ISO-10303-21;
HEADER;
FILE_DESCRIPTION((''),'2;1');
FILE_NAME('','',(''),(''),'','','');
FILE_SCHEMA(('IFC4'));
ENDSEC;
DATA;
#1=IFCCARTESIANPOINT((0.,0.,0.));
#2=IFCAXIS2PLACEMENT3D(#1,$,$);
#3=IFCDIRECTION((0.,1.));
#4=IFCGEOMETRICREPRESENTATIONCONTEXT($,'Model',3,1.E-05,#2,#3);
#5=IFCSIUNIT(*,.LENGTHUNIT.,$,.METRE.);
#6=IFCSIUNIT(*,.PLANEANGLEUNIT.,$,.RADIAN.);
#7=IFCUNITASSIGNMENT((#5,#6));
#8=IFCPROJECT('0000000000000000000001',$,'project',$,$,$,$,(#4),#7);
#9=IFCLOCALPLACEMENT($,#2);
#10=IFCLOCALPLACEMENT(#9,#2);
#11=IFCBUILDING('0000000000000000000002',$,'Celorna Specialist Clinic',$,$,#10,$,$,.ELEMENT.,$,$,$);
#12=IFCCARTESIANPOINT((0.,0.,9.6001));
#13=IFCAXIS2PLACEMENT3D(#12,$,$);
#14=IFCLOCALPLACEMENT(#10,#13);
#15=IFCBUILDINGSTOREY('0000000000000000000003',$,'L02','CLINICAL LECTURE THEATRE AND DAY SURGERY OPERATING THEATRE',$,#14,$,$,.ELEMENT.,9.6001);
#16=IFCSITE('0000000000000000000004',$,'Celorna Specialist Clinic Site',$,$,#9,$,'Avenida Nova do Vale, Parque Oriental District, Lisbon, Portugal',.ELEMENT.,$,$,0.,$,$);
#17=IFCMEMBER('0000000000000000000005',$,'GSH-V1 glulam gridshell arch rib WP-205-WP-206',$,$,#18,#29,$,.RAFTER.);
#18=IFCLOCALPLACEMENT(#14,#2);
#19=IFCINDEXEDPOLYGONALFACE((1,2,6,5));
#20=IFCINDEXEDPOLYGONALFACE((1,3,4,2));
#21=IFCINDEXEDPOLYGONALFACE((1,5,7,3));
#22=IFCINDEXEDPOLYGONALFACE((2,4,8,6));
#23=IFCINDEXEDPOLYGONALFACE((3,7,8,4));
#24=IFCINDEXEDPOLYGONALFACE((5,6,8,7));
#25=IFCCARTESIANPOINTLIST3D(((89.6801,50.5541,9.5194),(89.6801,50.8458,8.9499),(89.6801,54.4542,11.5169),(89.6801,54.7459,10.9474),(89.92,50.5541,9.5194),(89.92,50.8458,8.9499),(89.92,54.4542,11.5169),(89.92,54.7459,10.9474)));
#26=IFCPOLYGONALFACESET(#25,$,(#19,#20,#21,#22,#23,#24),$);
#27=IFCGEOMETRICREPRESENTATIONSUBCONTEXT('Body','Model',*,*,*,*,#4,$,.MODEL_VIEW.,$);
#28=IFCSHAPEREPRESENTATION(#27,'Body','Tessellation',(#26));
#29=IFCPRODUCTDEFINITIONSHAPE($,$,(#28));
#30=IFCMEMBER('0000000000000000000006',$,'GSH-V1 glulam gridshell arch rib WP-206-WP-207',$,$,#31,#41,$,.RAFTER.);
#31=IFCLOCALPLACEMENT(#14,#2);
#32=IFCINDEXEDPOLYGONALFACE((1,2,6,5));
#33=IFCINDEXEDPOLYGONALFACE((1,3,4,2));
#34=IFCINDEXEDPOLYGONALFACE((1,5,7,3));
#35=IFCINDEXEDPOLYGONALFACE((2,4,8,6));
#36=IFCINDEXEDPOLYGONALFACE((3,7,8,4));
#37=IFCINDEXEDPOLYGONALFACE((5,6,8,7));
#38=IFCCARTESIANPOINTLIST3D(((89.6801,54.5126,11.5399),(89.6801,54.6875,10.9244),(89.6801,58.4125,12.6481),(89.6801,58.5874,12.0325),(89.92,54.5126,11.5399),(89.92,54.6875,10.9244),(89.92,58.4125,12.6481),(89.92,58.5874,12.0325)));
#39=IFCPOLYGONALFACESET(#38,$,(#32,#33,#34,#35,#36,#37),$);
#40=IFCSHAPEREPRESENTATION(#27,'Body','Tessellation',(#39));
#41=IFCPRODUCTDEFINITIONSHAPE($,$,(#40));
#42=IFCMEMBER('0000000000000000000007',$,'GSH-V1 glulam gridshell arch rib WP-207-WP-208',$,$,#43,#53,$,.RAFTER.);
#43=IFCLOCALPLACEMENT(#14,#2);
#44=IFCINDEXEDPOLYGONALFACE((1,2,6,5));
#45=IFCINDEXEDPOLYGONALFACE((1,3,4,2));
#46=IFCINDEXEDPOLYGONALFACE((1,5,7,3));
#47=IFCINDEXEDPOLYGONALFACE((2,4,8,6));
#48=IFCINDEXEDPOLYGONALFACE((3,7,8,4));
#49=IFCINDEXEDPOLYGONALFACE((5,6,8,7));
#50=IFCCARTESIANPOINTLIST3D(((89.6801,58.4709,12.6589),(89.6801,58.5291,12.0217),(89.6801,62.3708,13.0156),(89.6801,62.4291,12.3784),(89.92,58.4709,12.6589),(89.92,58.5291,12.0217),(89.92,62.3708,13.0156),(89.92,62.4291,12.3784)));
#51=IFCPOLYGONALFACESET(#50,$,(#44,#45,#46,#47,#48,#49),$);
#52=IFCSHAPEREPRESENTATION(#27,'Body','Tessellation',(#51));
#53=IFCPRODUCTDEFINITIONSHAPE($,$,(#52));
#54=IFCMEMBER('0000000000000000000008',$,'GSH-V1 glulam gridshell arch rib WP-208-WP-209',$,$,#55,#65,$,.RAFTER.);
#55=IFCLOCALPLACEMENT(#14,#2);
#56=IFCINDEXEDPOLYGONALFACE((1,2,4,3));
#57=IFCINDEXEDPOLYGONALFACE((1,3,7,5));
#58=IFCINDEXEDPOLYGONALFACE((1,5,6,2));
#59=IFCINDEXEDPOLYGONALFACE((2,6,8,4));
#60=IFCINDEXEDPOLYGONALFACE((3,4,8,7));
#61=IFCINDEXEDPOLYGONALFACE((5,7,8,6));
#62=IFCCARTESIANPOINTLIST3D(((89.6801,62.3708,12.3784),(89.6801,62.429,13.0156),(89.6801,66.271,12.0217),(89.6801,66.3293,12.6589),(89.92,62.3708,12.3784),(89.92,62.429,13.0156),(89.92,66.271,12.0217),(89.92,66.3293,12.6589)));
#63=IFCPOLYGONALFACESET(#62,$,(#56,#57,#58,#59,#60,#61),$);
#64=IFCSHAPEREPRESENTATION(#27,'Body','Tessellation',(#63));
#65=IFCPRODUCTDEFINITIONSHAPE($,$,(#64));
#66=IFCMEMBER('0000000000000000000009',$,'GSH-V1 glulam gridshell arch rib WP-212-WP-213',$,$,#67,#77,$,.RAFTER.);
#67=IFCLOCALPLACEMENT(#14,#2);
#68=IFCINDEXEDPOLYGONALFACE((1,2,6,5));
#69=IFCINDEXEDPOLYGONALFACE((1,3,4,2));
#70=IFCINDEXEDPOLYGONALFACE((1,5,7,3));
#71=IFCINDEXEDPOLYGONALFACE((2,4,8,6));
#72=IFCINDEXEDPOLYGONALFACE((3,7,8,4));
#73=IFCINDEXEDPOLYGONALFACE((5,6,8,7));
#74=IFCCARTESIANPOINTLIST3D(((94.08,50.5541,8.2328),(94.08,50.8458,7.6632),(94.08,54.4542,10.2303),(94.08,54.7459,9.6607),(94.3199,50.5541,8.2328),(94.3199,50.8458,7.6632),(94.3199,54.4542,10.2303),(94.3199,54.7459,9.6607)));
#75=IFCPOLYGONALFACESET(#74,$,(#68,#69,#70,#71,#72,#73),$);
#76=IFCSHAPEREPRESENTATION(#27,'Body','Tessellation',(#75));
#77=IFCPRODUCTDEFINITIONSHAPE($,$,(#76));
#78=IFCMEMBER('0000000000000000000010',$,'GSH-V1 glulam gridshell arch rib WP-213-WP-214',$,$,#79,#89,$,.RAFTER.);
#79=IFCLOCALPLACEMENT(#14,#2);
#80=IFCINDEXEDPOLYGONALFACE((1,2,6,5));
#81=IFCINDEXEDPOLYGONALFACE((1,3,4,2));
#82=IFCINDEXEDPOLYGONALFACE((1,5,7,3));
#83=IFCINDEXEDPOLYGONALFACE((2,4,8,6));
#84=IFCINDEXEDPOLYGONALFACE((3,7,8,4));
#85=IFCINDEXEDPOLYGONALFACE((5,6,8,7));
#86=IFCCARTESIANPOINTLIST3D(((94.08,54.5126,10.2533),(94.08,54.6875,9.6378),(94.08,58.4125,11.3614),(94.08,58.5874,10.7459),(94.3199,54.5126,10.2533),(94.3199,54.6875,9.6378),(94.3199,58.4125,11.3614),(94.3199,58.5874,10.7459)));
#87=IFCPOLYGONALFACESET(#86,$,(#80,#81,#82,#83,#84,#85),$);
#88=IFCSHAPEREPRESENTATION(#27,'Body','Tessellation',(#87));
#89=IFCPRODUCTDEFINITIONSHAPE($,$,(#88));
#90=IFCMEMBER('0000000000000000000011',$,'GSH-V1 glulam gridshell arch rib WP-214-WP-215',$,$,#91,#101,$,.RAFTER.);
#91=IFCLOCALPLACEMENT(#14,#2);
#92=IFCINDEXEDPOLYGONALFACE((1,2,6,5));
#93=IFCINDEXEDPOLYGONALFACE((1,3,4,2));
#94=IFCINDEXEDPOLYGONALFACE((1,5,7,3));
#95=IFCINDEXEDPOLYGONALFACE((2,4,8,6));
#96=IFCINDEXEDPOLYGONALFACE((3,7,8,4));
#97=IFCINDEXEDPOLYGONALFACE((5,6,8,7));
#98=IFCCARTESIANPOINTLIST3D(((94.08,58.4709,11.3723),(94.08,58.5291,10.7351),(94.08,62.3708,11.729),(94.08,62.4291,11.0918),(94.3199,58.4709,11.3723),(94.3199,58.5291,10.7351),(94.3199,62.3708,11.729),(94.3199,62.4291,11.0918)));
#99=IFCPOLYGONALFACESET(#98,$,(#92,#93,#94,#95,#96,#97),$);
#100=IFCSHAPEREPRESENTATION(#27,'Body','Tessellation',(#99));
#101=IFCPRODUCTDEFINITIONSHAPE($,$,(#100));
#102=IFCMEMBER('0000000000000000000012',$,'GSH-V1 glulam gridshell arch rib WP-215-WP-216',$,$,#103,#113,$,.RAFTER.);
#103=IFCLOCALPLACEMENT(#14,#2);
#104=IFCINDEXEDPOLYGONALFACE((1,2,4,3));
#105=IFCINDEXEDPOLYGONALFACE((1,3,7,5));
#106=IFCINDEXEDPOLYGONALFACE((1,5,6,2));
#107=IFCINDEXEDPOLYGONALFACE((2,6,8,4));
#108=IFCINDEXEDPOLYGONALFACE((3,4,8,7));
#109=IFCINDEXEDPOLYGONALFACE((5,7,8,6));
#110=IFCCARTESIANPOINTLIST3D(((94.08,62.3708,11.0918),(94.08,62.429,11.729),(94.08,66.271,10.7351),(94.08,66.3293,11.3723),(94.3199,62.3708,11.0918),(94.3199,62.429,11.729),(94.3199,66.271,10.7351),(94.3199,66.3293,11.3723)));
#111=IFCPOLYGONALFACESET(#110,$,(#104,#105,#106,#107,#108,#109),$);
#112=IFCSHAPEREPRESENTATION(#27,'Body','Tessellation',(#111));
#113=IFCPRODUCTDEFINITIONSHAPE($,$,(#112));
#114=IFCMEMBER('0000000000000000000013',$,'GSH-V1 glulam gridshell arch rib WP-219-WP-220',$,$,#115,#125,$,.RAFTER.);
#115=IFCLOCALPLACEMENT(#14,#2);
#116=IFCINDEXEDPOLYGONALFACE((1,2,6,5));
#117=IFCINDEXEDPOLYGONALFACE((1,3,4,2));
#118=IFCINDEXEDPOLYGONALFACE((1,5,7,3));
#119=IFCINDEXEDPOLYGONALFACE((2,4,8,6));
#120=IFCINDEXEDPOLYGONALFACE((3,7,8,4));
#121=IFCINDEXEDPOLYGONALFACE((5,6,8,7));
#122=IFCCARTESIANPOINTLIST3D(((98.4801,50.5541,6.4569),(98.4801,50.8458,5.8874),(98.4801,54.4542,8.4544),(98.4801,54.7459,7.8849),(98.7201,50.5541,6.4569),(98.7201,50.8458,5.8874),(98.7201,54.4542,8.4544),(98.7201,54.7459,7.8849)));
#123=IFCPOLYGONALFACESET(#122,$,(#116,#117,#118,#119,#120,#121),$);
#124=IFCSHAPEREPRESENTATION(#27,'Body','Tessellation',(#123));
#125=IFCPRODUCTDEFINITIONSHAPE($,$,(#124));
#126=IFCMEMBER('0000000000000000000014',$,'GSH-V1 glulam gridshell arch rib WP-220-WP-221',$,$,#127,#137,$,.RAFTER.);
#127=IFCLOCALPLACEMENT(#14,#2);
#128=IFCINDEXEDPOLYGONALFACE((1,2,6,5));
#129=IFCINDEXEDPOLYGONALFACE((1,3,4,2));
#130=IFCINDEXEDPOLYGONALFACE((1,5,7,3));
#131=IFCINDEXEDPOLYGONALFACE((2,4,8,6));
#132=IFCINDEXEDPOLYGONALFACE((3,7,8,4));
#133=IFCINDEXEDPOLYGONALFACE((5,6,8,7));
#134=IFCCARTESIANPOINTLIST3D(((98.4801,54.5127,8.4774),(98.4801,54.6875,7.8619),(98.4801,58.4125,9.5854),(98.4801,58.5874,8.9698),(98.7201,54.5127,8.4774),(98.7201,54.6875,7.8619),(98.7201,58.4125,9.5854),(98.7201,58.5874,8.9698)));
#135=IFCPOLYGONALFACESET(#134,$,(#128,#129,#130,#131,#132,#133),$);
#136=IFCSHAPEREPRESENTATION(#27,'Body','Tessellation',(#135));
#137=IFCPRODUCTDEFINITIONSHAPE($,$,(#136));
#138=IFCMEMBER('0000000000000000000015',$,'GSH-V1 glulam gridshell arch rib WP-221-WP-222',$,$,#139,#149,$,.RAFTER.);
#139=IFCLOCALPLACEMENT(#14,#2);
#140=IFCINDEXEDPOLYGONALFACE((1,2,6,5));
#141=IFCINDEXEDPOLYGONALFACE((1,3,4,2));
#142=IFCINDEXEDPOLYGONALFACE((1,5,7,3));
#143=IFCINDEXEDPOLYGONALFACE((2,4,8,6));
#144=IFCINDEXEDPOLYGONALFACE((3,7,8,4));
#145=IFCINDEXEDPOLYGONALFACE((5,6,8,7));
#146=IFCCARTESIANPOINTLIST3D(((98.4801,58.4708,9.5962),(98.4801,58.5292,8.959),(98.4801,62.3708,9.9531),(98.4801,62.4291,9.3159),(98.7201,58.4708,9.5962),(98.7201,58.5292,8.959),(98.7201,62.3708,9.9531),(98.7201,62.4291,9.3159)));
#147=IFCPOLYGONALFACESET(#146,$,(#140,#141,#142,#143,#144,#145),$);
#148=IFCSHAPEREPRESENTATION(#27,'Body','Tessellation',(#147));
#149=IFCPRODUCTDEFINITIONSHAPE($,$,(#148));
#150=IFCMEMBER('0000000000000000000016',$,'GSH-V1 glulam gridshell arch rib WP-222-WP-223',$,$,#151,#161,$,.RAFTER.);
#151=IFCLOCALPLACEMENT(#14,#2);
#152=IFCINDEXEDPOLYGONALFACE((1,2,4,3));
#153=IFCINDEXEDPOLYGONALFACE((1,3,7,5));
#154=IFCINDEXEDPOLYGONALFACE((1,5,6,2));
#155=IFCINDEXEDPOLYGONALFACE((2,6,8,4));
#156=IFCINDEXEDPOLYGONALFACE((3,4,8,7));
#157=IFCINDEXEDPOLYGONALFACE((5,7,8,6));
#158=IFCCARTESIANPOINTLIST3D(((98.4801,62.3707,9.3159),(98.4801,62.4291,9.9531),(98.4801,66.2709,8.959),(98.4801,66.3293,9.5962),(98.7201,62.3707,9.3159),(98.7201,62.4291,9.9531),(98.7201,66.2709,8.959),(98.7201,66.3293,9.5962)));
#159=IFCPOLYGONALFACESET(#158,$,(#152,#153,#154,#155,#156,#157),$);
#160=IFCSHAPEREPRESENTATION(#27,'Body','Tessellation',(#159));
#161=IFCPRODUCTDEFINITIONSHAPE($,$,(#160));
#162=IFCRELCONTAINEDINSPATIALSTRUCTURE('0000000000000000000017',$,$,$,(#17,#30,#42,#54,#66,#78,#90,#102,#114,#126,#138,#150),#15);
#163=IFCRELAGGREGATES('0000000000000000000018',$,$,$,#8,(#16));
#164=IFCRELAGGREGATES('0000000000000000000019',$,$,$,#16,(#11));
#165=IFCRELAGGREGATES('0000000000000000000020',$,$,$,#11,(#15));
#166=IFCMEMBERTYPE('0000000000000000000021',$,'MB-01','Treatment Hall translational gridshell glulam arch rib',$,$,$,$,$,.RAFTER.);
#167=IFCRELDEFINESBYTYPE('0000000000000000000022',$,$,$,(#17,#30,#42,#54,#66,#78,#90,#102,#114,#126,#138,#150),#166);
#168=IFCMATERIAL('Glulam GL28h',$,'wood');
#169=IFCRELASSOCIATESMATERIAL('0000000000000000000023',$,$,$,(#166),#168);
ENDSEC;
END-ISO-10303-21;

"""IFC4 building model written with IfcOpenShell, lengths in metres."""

from ifc_helpers import new_model, si_unit, direction, frame, origin, origin_2d, place, context, subcontext, project, spatial, rectangle, extrude, material, material_profile, profile_set, type_object, element, save


model = new_model("IFC4")

# Units and contexts
model_context = context("Model", 3, precision=1e-05, world=origin(), true_north=direction((0.0, 1.0)))
body_context = subcontext(model_context, "Body", "Model", "MODEL_VIEW")
ifc_project = project(units=[si_unit("LENGTHUNIT", "METRE"), si_unit("PLANEANGLEUNIT", "RADIAN")], contexts=[model_context])

# Site, building, storey
site_placement = place(None, origin())
site = spatial("IfcSite", under=ifc_project, at=site_placement, Name="Celorna Specialist Clinic Site", LongName="Avenida Nova do Vale, Parque Oriental District, Lisbon, Portugal", CompositionType="ELEMENT", RefElevation=0.0)
building_placement = place(site_placement, origin())
building = spatial("IfcBuilding", under=site, at=building_placement, Name="Celorna Specialist Clinic", CompositionType="ELEMENT")
storey_placement = place(building_placement, frame((0.0, 0.0, 9.6001)))
storey = spatial("IfcBuildingStorey", under=building, at=storey_placement, Name="L02", Description="CLINICAL LECTURE THEATRE AND DAY SURGERY OPERATING THEATRE", CompositionType="ELEMENT", Elevation=9.6001)

# Members
ifc_material_1 = material(Name="Glulam GL28h", Category="wood")
ifc_material_profile_1 = material_profile(ifc_material_1, rectangle(XDim=0.24, YDim=0.6399, at=origin_2d()), Name="GL28h 240x640")
ifc_profile_set_1 = profile_set([ifc_material_profile_1], Name="Glulam GL28h")
member_type_1 = type_object("IfcMemberType", Name="MB-01", Description="Treatment Hall translational gridshell glulam arch rib", PredefinedType="RAFTER", material=ifc_profile_set_1)
member_1_placement = place(storey_placement, frame((89.8, 50.7, 9.2346), z_axis=(0.0, 0.890051, 0.455862), x_axis=(-1.0, 0.0, 0.0)))
element("IfcMember", 1, at=member_1_placement, inside=storey, type_object=member_type_1, Name="GSH-V1 glulam gridshell arch rib WP-205-WP-206", PredefinedType="RAFTER", context=body_context, shape_type="SweptSolid", body=[
    extrude(rectangle(XDim=0.24, YDim=0.6399, at=origin_2d()), origin(), (0.0, 0.0, 1.0), 4.3818),
])
member_2_placement = place(storey_placement, frame((89.8, 54.6001, 11.2322), z_axis=(0.0, 0.961921, 0.273329), x_axis=(-1.0, 0.0, 0.0)))
element("IfcMember", 2, at=member_2_placement, inside=storey, type_object=member_type_1, Name="GSH-V1 glulam gridshell arch rib WP-206-WP-207", PredefinedType="RAFTER", context=body_context, shape_type="SweptSolid", body=[
    extrude(rectangle(XDim=0.24, YDim=0.6399, at=origin_2d()), origin(), (0.0, 0.0, 1.0), 4.0542),
])
member_3_placement = place(storey_placement, frame((89.8, 58.5, 12.3403), z_axis=(0.0, 0.995843, 0.091081), x_axis=(-1.0, 0.0, 0.0)))
element("IfcMember", 3, at=member_3_placement, inside=storey, type_object=member_type_1, Name="GSH-V1 glulam gridshell arch rib WP-207-WP-208", PredefinedType="RAFTER", context=body_context, shape_type="SweptSolid", body=[
    extrude(rectangle(XDim=0.24, YDim=0.6399, at=origin_2d()), origin(), (0.0, 0.0, 1.0), 3.9163),
])
member_4_placement = place(storey_placement, frame((89.8, 62.3999, 12.697), z_axis=(0.0, 0.995844, -0.091075), x_axis=(-1.0, 0.0, 0.0)))
element("IfcMember", 4, at=member_4_placement, inside=storey, type_object=member_type_1, Name="GSH-V1 glulam gridshell arch rib WP-208-WP-209", PredefinedType="RAFTER", context=body_context, shape_type="SweptSolid", body=[
    extrude(rectangle(XDim=0.24, YDim=0.6399, at=origin_2d()), origin(), (0.0, 0.0, 1.0), 3.9165),
])
member_5_placement = place(storey_placement, frame((94.2, 50.7, 7.948), z_axis=(0.0, 0.890051, 0.455862), x_axis=(-1.0, 0.0, 0.0)))
element("IfcMember", 5, at=member_5_placement, inside=storey, type_object=member_type_1, Name="GSH-V1 glulam gridshell arch rib WP-212-WP-213", PredefinedType="RAFTER", context=body_context, shape_type="SweptSolid", body=[
    extrude(rectangle(XDim=0.24, YDim=0.6399, at=origin_2d()), origin(), (0.0, 0.0, 1.0), 4.3818),
])
member_6_placement = place(storey_placement, frame((94.2, 54.6001, 9.9456), z_axis=(0.0, 0.961921, 0.273329), x_axis=(-1.0, 0.0, 0.0)))
element("IfcMember", 6, at=member_6_placement, inside=storey, type_object=member_type_1, Name="GSH-V1 glulam gridshell arch rib WP-213-WP-214", PredefinedType="RAFTER", context=body_context, shape_type="SweptSolid", body=[
    extrude(rectangle(XDim=0.24, YDim=0.6399, at=origin_2d()), origin(), (0.0, 0.0, 1.0), 4.0542),
])
member_7_placement = place(storey_placement, frame((94.2, 58.5, 11.0537), z_axis=(0.0, 0.995843, 0.091081), x_axis=(-1.0, 0.0, 0.0)))
element("IfcMember", 7, at=member_7_placement, inside=storey, type_object=member_type_1, Name="GSH-V1 glulam gridshell arch rib WP-214-WP-215", PredefinedType="RAFTER", context=body_context, shape_type="SweptSolid", body=[
    extrude(rectangle(XDim=0.24, YDim=0.6399, at=origin_2d()), origin(), (0.0, 0.0, 1.0), 3.9163),
])
member_8_placement = place(storey_placement, frame((94.2, 62.3999, 11.4104), z_axis=(0.0, 0.995844, -0.091075), x_axis=(-1.0, 0.0, 0.0)))
element("IfcMember", 8, at=member_8_placement, inside=storey, type_object=member_type_1, Name="GSH-V1 glulam gridshell arch rib WP-215-WP-216", PredefinedType="RAFTER", context=body_context, shape_type="SweptSolid", body=[
    extrude(rectangle(XDim=0.24, YDim=0.6399, at=origin_2d()), origin(), (0.0, 0.0, 1.0), 3.9165),
])
member_9_placement = place(storey_placement, frame((98.6001, 50.7, 6.1721), z_axis=(0.0, 0.890051, 0.455862), x_axis=(-1.0, 0.0, 0.0)))
element("IfcMember", 9, at=member_9_placement, inside=storey, type_object=member_type_1, Name="GSH-V1 glulam gridshell arch rib WP-219-WP-220", PredefinedType="RAFTER", context=body_context, shape_type="SweptSolid", body=[
    extrude(rectangle(XDim=0.24, YDim=0.6399, at=origin_2d()), origin(), (0.0, 0.0, 1.0), 4.3818),
])
member_10_placement = place(storey_placement, frame((98.6001, 54.6001, 8.1697), z_axis=(0.0, 0.961936, 0.273273), x_axis=(-1.0, 0.0, 0.0)))
element("IfcMember", 10, at=member_10_placement, inside=storey, type_object=member_type_1, Name="GSH-V1 glulam gridshell arch rib WP-220-WP-221", PredefinedType="RAFTER", context=body_context, shape_type="SweptSolid", body=[
    extrude(rectangle(XDim=0.24, YDim=0.6399, at=origin_2d()), origin(), (0.0, 0.0, 1.0), 4.0542),
])
member_11_placement = place(storey_placement, frame((98.6001, 58.5, 9.2776), z_axis=(0.0, 0.995838, 0.091143), x_axis=(-1.0, 0.0, 0.0)))
element("IfcMember", 11, at=member_11_placement, inside=storey, type_object=member_type_1, Name="GSH-V1 glulam gridshell arch rib WP-221-WP-222", PredefinedType="RAFTER", context=body_context, shape_type="SweptSolid", body=[
    extrude(rectangle(XDim=0.24, YDim=0.6399, at=origin_2d()), origin(), (0.0, 0.0, 1.0), 3.9163),
])
member_12_placement = place(storey_placement, frame((98.6001, 62.3999, 9.6345), z_axis=(0.0, 0.995838, -0.091137), x_axis=(-1.0, 0.0, 0.0)))
element("IfcMember", 12, at=member_12_placement, inside=storey, type_object=member_type_1, Name="GSH-V1 glulam gridshell arch rib WP-222-WP-223", PredefinedType="RAFTER", context=body_context, shape_type="SweptSolid", body=[
    extrude(rectangle(XDim=0.24, YDim=0.6399, at=origin_2d()), origin(), (0.0, 0.0, 1.0), 3.9165),
])

save(model, "model.ifc")
